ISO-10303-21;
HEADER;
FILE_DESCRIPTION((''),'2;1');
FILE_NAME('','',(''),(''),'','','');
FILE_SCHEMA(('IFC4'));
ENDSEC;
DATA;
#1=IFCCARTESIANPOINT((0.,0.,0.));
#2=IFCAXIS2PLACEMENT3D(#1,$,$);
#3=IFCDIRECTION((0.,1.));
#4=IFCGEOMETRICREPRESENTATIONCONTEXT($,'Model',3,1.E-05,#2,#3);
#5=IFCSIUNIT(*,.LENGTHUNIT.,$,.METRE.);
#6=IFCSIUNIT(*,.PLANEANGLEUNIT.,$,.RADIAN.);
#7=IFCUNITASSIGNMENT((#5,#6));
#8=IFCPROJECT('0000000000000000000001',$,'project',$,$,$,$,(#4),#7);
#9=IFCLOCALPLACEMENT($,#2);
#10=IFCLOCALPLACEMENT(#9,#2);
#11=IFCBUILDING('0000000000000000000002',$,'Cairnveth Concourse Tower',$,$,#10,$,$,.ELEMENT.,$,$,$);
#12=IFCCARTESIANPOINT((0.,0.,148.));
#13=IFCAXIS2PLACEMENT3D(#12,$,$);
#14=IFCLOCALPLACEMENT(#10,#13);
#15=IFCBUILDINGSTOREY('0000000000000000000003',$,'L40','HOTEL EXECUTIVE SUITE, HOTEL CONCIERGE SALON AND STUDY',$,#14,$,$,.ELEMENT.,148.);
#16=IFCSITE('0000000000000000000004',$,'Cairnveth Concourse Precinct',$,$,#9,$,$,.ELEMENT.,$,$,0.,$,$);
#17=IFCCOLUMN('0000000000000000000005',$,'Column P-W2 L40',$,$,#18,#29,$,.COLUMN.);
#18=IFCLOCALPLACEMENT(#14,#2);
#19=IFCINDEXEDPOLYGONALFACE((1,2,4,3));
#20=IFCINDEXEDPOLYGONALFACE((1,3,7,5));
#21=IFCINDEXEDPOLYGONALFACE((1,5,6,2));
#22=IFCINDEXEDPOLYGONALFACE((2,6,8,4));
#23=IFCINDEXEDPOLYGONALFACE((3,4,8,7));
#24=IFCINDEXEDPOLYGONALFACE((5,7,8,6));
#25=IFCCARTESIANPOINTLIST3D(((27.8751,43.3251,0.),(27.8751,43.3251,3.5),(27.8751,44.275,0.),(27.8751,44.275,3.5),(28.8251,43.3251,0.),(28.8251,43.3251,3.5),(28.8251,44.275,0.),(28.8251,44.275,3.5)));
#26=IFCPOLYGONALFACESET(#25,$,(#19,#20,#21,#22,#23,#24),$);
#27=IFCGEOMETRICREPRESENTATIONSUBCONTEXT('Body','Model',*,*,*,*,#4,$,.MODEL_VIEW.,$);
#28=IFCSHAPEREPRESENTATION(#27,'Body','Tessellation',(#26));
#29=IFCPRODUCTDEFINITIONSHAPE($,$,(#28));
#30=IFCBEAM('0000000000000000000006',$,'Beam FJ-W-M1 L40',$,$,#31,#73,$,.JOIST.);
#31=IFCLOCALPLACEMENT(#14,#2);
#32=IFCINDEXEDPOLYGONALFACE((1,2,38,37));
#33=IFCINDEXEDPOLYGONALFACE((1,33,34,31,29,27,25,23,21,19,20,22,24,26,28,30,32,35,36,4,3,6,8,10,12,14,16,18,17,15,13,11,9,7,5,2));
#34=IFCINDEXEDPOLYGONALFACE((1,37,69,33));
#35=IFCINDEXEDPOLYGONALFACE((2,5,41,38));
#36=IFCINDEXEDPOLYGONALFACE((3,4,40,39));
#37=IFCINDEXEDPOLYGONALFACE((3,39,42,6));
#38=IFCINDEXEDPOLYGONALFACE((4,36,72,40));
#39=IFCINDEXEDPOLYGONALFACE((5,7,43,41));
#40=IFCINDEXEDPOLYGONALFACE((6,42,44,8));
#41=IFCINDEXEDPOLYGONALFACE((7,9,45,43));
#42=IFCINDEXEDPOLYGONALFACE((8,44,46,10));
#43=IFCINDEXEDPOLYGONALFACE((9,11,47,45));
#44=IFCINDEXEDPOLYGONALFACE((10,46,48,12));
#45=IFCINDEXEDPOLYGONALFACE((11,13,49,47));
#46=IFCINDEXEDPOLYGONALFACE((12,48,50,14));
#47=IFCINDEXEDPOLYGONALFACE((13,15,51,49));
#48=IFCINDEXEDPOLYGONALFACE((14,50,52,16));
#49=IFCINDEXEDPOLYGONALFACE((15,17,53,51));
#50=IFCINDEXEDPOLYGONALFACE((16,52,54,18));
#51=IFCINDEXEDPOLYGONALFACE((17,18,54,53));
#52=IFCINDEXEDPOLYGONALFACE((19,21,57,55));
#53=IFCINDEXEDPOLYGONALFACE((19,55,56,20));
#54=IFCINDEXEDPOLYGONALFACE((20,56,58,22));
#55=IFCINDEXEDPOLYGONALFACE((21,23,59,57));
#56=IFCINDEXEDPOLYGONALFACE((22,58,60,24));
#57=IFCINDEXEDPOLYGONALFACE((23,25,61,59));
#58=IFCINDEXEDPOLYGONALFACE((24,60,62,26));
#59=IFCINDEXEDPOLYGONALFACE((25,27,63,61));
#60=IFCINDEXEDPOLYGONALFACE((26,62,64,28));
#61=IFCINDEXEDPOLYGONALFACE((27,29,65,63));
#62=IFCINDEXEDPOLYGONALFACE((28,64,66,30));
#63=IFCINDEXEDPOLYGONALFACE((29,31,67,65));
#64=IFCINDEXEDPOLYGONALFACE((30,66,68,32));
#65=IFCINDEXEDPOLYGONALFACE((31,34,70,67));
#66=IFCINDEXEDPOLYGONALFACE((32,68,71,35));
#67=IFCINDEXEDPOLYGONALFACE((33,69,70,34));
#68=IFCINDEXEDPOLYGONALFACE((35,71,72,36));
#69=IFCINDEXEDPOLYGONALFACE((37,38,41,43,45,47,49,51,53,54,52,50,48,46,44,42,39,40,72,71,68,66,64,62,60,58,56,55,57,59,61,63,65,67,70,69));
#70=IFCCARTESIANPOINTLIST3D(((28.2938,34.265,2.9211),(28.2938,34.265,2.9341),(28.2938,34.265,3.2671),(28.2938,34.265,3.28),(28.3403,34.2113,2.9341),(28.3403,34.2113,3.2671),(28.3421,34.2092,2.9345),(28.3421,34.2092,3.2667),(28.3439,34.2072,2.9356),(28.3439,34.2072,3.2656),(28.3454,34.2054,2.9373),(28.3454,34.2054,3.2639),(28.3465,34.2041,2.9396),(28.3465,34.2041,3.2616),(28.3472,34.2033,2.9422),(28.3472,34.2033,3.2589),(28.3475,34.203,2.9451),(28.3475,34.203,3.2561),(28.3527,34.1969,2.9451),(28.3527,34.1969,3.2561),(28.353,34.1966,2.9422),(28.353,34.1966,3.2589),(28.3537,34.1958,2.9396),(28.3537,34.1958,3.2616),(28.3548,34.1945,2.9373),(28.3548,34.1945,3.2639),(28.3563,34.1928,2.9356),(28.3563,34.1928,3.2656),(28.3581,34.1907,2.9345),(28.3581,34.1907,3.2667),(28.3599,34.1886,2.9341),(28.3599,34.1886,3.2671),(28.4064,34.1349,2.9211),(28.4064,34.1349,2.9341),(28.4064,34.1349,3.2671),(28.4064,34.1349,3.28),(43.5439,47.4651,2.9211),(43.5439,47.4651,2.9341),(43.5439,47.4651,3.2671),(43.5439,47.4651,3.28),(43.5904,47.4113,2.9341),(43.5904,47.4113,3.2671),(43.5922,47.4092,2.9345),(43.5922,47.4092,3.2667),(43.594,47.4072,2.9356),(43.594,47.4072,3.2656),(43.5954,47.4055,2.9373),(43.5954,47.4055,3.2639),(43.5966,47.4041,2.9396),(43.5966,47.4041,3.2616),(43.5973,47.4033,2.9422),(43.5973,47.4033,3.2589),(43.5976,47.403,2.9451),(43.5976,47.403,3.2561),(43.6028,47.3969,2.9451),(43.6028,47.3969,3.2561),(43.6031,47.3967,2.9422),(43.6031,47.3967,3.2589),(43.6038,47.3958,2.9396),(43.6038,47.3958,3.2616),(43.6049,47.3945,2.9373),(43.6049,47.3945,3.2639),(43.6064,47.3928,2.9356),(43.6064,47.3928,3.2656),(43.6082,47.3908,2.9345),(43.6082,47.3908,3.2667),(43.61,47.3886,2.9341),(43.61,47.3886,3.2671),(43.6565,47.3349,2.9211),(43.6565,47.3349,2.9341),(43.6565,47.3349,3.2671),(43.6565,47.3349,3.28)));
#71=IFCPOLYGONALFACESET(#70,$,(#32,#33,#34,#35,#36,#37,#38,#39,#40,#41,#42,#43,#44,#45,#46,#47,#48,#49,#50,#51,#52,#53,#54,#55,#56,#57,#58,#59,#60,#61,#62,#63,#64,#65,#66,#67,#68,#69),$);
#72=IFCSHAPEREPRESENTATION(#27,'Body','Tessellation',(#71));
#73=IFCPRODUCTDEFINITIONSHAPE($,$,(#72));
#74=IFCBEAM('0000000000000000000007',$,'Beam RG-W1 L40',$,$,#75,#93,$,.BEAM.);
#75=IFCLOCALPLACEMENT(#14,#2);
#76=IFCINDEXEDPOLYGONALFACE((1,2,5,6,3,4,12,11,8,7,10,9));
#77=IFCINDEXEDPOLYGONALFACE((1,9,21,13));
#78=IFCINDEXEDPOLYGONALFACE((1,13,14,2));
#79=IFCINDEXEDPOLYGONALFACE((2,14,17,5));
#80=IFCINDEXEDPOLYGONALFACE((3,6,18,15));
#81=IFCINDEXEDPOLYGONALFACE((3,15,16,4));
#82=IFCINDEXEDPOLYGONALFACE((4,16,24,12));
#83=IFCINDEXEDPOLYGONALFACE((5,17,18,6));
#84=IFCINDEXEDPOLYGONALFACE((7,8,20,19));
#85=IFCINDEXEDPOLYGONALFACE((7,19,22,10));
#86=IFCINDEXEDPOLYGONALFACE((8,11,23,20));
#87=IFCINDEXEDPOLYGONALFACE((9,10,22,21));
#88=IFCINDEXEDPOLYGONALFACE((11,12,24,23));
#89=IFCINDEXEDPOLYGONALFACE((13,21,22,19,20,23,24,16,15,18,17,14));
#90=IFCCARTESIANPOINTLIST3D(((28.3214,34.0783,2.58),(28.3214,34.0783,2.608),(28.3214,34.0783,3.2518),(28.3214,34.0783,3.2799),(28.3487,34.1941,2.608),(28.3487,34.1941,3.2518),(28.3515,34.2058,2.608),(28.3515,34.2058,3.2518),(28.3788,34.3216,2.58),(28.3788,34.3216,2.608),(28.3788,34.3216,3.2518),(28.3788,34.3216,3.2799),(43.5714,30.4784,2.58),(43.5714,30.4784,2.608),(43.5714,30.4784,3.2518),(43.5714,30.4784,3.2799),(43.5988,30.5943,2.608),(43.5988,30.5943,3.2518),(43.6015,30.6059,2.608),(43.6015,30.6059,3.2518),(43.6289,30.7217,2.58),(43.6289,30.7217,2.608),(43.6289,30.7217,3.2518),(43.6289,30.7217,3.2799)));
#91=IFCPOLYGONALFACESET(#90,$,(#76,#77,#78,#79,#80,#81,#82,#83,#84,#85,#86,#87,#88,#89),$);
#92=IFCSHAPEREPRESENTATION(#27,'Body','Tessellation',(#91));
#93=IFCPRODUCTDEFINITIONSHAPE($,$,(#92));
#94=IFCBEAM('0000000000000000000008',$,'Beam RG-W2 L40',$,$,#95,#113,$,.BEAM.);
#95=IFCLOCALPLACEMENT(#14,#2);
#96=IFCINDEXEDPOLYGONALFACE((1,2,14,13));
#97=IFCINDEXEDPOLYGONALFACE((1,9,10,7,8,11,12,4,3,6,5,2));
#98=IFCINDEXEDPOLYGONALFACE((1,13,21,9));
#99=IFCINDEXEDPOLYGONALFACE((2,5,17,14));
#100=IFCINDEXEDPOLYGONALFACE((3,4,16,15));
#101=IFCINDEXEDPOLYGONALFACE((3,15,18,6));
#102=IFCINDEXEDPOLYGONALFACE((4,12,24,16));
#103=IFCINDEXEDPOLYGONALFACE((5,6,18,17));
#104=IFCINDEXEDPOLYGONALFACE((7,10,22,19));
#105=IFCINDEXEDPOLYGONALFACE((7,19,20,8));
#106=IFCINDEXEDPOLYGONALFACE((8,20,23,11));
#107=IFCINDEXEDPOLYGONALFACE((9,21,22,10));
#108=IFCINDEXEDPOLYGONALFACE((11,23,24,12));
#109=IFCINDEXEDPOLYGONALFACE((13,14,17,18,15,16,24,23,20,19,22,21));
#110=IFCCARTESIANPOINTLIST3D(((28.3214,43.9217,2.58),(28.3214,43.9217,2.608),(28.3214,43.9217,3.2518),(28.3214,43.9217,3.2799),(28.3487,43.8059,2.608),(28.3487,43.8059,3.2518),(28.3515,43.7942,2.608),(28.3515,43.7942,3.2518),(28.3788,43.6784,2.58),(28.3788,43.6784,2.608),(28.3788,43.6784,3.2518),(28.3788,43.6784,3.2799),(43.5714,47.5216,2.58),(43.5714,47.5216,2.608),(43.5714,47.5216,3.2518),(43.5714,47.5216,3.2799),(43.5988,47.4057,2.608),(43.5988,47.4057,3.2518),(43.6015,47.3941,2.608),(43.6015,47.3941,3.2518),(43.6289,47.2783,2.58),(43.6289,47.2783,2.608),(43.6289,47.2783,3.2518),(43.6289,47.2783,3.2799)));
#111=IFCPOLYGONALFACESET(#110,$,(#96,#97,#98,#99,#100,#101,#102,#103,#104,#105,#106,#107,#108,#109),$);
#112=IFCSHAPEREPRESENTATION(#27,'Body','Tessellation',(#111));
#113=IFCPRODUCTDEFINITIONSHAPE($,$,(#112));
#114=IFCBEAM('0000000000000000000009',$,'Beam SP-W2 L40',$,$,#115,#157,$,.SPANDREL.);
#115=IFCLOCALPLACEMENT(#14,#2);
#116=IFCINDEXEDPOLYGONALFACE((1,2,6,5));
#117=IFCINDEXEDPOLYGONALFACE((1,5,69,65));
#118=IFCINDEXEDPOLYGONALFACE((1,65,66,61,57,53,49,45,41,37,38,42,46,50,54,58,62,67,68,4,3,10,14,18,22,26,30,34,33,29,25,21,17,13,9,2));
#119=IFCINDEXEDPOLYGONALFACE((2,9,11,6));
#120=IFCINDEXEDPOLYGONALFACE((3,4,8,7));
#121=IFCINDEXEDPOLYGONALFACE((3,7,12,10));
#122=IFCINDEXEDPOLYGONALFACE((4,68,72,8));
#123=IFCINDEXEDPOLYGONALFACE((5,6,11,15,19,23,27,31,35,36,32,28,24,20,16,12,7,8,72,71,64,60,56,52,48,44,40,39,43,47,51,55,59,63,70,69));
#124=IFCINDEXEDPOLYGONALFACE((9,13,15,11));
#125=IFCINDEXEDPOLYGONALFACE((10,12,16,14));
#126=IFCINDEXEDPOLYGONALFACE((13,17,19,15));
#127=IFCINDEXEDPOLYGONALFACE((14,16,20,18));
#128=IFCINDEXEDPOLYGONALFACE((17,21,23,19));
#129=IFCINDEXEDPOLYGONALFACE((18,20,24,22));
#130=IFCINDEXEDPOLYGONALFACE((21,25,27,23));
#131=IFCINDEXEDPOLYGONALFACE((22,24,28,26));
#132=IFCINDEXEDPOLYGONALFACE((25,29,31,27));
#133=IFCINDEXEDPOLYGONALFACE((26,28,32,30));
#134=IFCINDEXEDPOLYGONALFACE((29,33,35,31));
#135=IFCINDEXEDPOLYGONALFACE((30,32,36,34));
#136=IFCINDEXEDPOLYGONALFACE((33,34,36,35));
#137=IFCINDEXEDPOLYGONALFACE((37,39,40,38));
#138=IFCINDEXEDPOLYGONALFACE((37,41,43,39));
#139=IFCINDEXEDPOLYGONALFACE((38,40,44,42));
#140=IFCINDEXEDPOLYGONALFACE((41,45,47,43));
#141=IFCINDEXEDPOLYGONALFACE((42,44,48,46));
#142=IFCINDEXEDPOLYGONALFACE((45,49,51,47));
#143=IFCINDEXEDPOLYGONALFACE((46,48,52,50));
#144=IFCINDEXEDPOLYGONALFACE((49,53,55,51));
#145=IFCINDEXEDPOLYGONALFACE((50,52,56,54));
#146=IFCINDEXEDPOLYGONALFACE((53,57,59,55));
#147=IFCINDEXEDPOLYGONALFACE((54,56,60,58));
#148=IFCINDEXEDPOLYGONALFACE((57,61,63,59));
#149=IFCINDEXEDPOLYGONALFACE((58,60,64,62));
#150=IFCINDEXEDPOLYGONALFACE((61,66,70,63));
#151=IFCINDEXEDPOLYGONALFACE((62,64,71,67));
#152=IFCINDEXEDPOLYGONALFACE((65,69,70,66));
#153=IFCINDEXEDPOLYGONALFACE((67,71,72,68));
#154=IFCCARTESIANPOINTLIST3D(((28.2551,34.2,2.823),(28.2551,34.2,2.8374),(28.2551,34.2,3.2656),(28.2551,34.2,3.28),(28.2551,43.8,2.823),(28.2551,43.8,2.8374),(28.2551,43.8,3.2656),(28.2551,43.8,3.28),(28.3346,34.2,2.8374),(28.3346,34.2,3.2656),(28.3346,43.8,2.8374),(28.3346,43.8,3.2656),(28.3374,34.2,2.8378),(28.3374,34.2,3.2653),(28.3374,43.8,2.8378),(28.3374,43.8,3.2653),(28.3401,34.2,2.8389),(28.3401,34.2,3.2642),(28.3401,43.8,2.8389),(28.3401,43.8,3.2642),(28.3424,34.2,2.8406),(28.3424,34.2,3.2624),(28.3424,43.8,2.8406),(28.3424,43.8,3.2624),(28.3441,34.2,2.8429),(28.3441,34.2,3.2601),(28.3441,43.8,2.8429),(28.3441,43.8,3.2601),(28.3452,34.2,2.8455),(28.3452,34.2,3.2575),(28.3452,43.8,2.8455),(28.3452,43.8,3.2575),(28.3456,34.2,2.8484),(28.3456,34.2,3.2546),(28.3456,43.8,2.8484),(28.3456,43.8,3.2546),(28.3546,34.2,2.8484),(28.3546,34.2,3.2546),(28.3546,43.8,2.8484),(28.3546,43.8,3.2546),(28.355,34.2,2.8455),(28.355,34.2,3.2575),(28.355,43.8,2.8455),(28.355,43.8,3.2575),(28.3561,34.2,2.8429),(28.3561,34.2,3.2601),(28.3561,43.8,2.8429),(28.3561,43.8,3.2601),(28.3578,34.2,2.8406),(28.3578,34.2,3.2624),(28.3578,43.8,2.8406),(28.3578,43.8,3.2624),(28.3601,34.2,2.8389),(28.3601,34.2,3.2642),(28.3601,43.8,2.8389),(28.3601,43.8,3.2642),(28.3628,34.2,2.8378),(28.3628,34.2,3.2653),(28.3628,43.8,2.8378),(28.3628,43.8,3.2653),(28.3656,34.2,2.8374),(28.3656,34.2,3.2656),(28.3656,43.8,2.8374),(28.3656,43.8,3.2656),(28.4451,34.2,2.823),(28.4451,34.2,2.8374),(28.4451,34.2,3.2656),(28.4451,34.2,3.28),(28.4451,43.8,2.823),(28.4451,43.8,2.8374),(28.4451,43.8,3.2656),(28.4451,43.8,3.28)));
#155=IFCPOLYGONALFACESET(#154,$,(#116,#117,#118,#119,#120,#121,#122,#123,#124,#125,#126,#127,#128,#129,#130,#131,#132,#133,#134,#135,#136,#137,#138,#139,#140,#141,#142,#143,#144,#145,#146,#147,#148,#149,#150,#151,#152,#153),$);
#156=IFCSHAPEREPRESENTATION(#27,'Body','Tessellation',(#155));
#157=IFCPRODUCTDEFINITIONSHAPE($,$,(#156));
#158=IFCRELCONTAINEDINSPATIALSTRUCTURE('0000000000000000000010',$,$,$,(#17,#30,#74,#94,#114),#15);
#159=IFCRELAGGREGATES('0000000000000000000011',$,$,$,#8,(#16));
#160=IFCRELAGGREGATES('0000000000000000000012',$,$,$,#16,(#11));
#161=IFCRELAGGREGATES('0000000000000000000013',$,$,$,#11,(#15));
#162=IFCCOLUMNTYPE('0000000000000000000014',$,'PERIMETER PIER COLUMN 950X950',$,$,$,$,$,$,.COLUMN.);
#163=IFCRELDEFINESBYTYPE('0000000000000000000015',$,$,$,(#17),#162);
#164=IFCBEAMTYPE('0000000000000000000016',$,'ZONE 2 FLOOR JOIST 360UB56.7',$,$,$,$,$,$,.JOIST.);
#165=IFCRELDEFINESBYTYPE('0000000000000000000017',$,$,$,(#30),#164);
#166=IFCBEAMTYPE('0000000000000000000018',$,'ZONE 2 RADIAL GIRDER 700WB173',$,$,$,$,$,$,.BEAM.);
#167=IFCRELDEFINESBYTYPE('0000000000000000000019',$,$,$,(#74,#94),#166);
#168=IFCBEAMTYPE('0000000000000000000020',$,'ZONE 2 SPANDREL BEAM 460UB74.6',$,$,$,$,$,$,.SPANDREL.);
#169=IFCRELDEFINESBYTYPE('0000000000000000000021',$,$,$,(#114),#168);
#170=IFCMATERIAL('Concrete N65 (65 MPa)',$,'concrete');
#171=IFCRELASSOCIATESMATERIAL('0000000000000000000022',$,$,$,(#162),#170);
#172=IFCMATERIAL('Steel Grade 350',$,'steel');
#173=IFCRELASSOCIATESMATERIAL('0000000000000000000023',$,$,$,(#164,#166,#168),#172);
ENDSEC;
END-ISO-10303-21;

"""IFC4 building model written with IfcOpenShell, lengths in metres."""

from ifc_helpers import new_model, si_unit, direction, frame, origin, origin_2d, place, context, subcontext, project, spatial, rectangle, i_section, extrude, material, material_profile, profile_set, type_object, element, save


model = new_model("IFC4")

# Units and contexts
model_context = context("Model", 3, precision=1e-05, world=origin(), true_north=direction((0.0, 1.0)))
body_context = subcontext(model_context, "Body", "Model", "MODEL_VIEW")
ifc_project = project(units=[si_unit("LENGTHUNIT", "METRE"), si_unit("PLANEANGLEUNIT", "RADIAN")], contexts=[model_context])

# Site, building, storey
site_placement = place(None, origin())
site = spatial("IfcSite", under=ifc_project, at=site_placement, Name="Cairnveth Concourse Precinct", CompositionType="ELEMENT", RefElevation=0.0)
building_placement = place(site_placement, origin())
building = spatial("IfcBuilding", under=site, at=building_placement, Name="Cairnveth Concourse Tower", CompositionType="ELEMENT")
storey_placement = place(building_placement, frame((0.0, 0.0, 148.0)))
storey = spatial("IfcBuildingStorey", under=building, at=storey_placement, Name="L40", Description="HOTEL EXECUTIVE SUITE, HOTEL CONCIERGE SALON AND STUDY", CompositionType="ELEMENT", Elevation=148.0)

# Column
ifc_material_1 = material(Name="Concrete N65 (65 MPa)", Category="concrete")
ifc_material_profile_1 = material_profile(ifc_material_1, rectangle(XDim=0.95, YDim=0.95, at=origin_2d()), Name="RC-COL-950x950")
ifc_profile_set_1 = profile_set([ifc_material_profile_1], Name="Concrete N65 (65 MPa)")
column_type = type_object("IfcColumnType", Name="PERIMETER PIER COLUMN 950X950", PredefinedType="COLUMN", material=ifc_profile_set_1)
column_placement = place(storey_placement, frame((28.3501, 43.8, 0.0), z_axis=(0.0, 0.0, 1.0), x_axis=(0.0, 1.0, 0.0)))
element("IfcColumn", 1, at=column_placement, inside=storey, type_object=column_type, Name="Column P-W2 L40", PredefinedType="COLUMN", context=body_context, shape_type="SweptSolid", body=[
    extrude(rectangle(XDim=0.95, YDim=0.95, at=origin_2d()), origin(), (0.0, 0.0, 1.0), 3.5),
])

# Beams
ifc_material_2 = material(Name="Steel Grade 350", Category="steel")
ifc_material_profile_2 = material_profile(ifc_material_2, i_section(OverallWidth=0.1721, OverallDepth=0.3589, WebThickness=0.0081, FlangeThickness=0.0129, FilletRadius=0.011, at=origin_2d()), Name="360UB56.7")
ifc_profile_set_2 = profile_set([ifc_material_profile_2], Name="Steel Grade 350")
beam_type_1 = type_object("IfcBeamType", Name="ZONE 2 FLOOR JOIST 360UB56.7", PredefinedType="JOIST", material=ifc_profile_set_2)
beam_1_placement = place(storey_placement, frame((28.3501, 34.2, 3.1006), z_axis=(0.756099, 0.654457, 0.0), x_axis=(-0.654457, 0.756099, 0.0)))
element("IfcBeam", 2, at=beam_1_placement, inside=storey, type_object=beam_type_1, Name="Beam FJ-W-M1 L40", PredefinedType="JOIST", context=body_context, shape_type="SweptSolid", body=[
    extrude(i_section(OverallWidth=0.1721, OverallDepth=0.3589, WebThickness=0.0081, FlangeThickness=0.0129, FilletRadius=0.011, at=origin_2d()), origin(), (0.0, 0.0, 1.0), 20.1694),
])
ifc_material_profile_3 = material_profile(ifc_material_2, i_section(OverallWidth=0.25, OverallDepth=0.7, WebThickness=0.012, FlangeThickness=0.0281, at=origin_2d()), Name="700WB173")
ifc_profile_set_3 = profile_set([ifc_material_profile_3], Name="Steel Grade 350")
beam_type_2 = type_object("IfcBeamType", Name="ZONE 2 RADIAL GIRDER 700WB173", PredefinedType="BEAM", material=ifc_profile_set_3)
for number, where, z_axis, x_axis, name in (
    (3, (28.3501, 34.2, 2.9299), (0.973252, -0.229742, 0.0), (0.229742, 0.973252, 0.0), "Beam RG-W1 L40"),
    (4, (28.3501, 43.8, 2.9299), (0.973252, 0.229742, 0.0), (-0.229742, 0.973252, 0.0), "Beam RG-W2 L40"),
):
    element("IfcBeam", number, at=place(storey_placement, frame(where, z_axis=z_axis, x_axis=x_axis)), inside=storey, type_object=beam_type_2, Name=name, PredefinedType="BEAM", context=body_context, shape_type="SweptSolid", body=[
        extrude(i_section(OverallWidth=0.25, OverallDepth=0.7, WebThickness=0.012, FlangeThickness=0.0281, at=origin_2d()), origin(), (0.0, 0.0, 1.0), 15.6692),
    ])
ifc_material_profile_4 = material_profile(ifc_material_2, i_section(OverallWidth=0.1899, OverallDepth=0.457, WebThickness=0.009, FlangeThickness=0.0144, FilletRadius=0.011, at=origin_2d()), Name="460UB74.6")
ifc_profile_set_4 = profile_set([ifc_material_profile_4], Name="Steel Grade 350")
beam_type_3 = type_object("IfcBeamType", Name="ZONE 2 SPANDREL BEAM 460UB74.6", PredefinedType="SPANDREL", material=ifc_profile_set_4)
beam_2_placement = place(storey_placement, frame((28.3501, 34.2, 3.0515), z_axis=(0.0, 1.0, 0.0), x_axis=(-1.0, 0.0, 0.0)))
element("IfcBeam", 5, at=beam_2_placement, inside=storey, type_object=beam_type_3, Name="Beam SP-W2 L40", PredefinedType="SPANDREL", context=body_context, shape_type="SweptSolid", body=[
    extrude(i_section(OverallWidth=0.1899, OverallDepth=0.457, WebThickness=0.009, FlangeThickness=0.0144, FilletRadius=0.011, at=origin_2d()), origin(), (0.0, 0.0, 1.0), 9.6001),
])

save(model, "model.ifc")
